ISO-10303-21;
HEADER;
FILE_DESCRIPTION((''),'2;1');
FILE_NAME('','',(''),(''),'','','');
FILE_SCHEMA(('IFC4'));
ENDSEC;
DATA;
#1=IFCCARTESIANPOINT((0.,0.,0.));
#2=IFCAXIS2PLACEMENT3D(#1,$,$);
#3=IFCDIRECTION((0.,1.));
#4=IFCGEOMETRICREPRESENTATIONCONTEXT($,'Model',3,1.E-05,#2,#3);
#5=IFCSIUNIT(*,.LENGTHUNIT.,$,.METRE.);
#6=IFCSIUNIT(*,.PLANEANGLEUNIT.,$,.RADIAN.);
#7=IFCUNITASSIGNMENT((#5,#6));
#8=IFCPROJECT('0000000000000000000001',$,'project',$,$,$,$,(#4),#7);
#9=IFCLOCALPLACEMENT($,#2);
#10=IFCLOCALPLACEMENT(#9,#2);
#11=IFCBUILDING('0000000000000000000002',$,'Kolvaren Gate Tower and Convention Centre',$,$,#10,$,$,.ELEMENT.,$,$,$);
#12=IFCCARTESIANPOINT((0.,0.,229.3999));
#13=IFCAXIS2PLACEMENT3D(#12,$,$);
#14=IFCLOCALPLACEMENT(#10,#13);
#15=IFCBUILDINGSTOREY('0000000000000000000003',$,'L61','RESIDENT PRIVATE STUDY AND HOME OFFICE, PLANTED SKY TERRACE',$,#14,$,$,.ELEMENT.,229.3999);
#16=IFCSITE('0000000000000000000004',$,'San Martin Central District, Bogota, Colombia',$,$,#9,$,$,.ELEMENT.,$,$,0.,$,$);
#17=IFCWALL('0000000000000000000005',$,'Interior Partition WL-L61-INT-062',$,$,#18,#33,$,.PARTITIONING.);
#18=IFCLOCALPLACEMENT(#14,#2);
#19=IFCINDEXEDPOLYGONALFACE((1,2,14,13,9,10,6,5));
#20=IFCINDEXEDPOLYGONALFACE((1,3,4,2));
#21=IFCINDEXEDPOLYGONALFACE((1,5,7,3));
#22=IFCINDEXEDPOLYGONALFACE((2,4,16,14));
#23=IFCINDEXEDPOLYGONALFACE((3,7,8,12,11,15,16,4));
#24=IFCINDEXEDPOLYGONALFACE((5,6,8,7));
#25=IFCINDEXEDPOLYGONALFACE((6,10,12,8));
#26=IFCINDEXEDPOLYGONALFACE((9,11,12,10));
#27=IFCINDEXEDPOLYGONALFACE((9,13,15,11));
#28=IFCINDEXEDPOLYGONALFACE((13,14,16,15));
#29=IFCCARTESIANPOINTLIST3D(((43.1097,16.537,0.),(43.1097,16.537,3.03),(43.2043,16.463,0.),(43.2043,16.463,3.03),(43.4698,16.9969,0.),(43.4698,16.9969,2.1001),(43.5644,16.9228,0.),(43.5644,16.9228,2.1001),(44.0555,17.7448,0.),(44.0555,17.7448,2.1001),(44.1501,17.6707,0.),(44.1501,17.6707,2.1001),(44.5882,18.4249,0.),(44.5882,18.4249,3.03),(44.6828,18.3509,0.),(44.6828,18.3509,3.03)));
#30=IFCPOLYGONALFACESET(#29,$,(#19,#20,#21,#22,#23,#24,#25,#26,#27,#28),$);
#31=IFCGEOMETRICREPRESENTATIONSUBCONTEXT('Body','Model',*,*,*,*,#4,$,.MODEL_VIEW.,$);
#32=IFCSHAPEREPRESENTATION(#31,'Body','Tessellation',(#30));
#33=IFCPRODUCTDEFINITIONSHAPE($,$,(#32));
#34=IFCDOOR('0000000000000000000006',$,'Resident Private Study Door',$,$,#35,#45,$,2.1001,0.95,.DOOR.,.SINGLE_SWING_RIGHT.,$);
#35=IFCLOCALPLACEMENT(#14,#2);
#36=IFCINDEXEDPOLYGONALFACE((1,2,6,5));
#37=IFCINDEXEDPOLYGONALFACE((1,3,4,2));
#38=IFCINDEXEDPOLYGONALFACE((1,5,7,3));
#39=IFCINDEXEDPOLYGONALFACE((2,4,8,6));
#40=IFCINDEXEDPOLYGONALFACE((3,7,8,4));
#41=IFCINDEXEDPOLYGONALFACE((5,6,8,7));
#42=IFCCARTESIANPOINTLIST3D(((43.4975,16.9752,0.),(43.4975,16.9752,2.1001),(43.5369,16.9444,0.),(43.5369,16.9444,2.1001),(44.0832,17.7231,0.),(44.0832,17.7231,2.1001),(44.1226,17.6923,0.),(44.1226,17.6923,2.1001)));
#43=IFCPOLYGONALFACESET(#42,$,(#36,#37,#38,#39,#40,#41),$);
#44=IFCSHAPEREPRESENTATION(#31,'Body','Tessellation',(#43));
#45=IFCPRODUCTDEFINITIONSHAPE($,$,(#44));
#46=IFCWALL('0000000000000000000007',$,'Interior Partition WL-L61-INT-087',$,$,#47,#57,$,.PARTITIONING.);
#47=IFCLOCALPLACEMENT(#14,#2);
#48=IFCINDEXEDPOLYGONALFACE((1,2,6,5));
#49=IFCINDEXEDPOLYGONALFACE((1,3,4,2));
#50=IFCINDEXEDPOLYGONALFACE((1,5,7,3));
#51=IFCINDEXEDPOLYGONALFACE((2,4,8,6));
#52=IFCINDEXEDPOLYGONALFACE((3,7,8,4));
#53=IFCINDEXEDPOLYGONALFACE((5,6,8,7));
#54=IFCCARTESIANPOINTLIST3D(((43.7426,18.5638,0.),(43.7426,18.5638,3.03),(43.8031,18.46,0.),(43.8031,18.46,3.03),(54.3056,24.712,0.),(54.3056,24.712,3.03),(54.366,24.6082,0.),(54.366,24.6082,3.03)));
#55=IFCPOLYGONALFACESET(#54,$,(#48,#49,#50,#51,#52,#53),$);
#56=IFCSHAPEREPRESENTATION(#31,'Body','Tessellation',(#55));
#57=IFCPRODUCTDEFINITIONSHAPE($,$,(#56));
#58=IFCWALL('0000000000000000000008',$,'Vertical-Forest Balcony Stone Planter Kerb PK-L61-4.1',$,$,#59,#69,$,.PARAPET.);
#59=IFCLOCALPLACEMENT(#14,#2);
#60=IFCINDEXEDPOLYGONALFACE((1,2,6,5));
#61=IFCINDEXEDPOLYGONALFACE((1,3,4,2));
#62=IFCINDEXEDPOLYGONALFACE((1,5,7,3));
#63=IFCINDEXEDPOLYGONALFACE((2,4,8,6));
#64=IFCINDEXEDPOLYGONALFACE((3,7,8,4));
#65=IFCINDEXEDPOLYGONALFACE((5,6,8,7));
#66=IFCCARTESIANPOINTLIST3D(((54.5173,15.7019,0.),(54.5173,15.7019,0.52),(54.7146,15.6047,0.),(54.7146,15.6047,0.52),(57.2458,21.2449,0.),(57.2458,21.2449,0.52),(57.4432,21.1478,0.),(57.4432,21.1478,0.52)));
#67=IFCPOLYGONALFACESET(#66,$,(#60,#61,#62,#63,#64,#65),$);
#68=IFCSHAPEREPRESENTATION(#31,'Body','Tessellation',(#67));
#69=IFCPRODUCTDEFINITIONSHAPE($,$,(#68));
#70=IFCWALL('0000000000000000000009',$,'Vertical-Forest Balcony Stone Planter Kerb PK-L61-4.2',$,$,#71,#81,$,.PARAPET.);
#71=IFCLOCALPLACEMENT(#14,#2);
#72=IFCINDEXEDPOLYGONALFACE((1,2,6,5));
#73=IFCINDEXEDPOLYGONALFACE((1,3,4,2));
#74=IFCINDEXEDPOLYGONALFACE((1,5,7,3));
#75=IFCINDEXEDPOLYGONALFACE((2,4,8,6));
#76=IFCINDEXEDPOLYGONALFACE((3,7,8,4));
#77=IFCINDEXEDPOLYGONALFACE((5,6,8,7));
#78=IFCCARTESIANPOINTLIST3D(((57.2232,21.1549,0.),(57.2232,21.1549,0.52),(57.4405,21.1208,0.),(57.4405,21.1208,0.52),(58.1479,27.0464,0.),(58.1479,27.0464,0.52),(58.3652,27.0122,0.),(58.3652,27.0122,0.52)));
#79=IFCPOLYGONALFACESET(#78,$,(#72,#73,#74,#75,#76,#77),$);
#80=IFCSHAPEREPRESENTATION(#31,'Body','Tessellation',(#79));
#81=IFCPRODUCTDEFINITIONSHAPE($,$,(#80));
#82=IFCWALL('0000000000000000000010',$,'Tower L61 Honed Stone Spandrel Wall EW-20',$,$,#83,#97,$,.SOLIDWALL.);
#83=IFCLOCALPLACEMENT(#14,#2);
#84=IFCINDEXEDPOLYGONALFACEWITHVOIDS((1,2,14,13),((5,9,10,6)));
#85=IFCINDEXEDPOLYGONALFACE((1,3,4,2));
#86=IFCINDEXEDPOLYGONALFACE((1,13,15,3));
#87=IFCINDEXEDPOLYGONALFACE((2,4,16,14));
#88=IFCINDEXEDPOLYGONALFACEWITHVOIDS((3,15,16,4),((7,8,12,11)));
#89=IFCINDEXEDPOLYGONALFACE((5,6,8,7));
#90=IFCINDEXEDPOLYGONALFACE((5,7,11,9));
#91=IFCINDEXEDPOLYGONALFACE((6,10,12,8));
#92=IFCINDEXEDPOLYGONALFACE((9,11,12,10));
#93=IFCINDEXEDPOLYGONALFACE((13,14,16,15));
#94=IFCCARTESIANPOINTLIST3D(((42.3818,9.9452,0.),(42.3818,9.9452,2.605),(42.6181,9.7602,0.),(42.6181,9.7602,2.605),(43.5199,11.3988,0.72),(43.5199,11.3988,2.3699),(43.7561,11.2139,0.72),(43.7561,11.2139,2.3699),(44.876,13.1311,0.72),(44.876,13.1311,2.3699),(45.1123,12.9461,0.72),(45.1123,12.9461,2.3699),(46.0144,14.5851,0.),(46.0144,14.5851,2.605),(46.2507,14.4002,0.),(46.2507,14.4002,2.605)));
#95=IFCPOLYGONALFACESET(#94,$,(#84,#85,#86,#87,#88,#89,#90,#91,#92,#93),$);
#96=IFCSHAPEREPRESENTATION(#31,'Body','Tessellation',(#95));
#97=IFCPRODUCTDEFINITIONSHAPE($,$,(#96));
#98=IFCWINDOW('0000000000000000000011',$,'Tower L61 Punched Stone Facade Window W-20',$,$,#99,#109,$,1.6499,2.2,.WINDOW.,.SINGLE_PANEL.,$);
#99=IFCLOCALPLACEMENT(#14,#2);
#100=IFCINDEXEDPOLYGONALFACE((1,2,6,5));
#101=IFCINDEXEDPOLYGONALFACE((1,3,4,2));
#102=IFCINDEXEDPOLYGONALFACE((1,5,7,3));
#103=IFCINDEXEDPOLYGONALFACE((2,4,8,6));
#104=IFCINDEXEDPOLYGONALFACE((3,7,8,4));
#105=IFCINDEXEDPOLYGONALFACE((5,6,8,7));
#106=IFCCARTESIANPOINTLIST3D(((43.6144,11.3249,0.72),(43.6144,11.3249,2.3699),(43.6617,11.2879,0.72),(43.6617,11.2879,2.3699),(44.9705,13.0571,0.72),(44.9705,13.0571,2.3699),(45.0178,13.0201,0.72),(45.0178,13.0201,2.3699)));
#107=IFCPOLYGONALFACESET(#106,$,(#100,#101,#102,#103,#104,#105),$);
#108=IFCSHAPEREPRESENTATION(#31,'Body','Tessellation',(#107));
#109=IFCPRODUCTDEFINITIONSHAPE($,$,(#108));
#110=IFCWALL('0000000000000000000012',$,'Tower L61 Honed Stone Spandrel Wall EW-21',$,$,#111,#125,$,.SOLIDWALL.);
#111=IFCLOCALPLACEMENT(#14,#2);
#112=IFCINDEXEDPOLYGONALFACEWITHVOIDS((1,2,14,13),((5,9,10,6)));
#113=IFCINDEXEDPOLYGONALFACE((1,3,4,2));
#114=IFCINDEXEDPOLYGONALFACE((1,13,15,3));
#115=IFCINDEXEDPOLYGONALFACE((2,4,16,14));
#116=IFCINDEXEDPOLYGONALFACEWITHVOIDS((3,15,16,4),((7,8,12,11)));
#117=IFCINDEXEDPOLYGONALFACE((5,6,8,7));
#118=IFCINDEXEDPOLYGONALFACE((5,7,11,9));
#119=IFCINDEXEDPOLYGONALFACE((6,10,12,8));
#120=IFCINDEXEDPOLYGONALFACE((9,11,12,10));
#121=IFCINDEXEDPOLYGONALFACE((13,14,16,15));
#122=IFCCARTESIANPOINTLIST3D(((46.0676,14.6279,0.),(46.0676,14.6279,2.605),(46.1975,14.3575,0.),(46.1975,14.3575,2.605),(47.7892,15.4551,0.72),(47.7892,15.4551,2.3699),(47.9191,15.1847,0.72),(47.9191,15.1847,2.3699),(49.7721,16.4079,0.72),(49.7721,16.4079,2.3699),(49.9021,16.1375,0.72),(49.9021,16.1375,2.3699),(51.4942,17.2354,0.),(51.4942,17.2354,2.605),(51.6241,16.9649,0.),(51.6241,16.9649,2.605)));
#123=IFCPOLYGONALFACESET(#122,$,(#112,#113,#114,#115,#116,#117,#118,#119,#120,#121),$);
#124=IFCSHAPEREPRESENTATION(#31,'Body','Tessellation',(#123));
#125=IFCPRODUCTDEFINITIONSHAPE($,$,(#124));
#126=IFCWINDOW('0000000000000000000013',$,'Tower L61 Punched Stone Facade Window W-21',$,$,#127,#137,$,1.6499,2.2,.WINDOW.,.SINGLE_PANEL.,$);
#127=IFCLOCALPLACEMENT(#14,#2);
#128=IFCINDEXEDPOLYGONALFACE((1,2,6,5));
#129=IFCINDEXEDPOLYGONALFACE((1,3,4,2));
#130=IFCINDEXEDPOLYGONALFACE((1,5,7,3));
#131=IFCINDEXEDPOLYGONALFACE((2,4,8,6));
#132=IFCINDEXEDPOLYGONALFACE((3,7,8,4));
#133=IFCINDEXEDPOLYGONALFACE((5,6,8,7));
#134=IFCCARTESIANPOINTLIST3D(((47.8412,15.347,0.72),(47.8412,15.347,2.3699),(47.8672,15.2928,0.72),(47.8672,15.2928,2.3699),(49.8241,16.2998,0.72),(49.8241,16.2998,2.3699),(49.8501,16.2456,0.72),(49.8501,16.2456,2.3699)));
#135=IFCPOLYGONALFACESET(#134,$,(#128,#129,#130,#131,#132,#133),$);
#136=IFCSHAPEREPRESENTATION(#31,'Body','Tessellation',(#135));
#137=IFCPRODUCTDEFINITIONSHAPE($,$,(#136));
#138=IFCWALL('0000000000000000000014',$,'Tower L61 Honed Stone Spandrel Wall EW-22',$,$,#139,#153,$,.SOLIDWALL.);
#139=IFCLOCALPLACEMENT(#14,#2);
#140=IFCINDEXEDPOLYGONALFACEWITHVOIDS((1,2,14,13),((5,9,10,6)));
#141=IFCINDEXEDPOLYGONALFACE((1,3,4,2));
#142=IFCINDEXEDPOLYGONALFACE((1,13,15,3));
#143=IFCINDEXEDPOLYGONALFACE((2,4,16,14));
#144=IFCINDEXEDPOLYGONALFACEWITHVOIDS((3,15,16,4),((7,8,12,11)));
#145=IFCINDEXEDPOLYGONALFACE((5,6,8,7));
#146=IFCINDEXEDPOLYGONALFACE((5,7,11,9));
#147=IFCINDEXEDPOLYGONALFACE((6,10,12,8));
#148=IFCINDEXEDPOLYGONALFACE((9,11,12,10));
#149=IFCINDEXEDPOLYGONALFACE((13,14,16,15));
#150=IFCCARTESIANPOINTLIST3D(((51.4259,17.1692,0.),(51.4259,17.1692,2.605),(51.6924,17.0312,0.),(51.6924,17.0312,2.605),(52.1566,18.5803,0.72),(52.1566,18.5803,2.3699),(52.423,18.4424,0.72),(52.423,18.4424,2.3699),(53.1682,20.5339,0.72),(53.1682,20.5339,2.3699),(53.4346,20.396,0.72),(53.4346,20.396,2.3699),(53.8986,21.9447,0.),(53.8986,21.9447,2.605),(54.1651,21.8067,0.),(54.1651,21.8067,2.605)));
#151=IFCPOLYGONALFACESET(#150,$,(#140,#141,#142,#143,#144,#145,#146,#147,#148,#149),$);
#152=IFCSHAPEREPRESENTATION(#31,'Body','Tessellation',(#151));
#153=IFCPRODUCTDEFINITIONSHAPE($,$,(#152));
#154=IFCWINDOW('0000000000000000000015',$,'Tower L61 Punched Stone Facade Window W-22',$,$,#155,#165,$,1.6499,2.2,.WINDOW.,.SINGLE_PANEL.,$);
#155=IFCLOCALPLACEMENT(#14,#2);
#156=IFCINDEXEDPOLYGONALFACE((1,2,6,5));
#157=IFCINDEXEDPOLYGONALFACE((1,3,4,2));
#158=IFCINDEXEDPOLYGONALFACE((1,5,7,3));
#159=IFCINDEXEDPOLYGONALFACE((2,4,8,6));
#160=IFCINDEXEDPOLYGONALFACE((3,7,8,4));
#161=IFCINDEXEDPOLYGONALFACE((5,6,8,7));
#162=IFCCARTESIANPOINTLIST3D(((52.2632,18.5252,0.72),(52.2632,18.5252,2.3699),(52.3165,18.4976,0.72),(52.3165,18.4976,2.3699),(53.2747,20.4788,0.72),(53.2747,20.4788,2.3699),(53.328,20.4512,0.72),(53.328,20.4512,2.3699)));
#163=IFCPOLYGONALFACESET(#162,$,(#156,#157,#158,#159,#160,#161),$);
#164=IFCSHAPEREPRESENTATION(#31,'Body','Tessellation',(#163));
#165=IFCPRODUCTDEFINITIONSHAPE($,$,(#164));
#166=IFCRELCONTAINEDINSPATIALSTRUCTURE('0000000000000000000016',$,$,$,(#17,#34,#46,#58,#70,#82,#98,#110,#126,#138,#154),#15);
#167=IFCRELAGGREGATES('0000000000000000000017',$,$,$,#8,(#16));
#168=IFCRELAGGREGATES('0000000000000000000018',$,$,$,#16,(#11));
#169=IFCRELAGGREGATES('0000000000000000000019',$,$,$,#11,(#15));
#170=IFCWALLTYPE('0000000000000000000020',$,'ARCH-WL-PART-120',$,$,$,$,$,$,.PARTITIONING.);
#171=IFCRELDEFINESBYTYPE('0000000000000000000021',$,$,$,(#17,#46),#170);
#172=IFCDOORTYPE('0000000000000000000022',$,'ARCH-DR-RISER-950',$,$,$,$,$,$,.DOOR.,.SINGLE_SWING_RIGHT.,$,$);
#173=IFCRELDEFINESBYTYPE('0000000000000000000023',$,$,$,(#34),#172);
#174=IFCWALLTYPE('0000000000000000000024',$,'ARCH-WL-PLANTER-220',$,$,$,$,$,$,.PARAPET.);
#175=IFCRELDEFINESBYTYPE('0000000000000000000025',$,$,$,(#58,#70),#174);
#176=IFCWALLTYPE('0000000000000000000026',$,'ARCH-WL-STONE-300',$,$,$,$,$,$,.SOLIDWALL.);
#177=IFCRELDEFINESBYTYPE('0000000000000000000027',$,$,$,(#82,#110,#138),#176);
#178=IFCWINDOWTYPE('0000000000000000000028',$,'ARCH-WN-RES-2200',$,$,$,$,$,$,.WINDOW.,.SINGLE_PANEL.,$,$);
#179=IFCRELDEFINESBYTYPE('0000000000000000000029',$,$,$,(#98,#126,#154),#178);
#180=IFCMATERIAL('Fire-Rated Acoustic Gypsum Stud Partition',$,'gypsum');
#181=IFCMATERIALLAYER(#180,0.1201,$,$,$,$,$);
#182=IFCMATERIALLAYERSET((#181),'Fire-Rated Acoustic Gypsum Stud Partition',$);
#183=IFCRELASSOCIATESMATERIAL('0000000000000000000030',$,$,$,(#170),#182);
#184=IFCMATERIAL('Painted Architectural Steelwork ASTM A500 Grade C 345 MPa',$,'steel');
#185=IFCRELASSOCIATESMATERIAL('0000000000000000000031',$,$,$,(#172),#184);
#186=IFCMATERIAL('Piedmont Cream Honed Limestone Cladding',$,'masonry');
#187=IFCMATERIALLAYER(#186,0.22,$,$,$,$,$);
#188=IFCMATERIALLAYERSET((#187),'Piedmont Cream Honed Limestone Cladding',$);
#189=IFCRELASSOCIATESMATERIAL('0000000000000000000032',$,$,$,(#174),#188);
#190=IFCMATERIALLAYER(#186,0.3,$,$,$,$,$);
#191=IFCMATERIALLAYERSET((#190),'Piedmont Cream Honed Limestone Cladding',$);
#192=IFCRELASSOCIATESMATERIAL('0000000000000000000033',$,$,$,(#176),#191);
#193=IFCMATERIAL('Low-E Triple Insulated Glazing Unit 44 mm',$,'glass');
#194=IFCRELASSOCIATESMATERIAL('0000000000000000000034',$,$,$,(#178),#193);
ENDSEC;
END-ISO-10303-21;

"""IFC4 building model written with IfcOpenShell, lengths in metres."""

from ifc_helpers import new_model, si_unit, direction, frame, frame_2d, origin, place, context, subcontext, project, spatial, rectangle, extrude, material, layer, layer_set, type_object, element, fill, save


model = new_model("IFC4")

# Units and contexts
model_context = context("Model", 3, precision=1e-05, world=origin(), true_north=direction((0.0, 1.0)))
body_context = subcontext(model_context, "Body", "Model", "MODEL_VIEW")
ifc_project = project(units=[si_unit("LENGTHUNIT", "METRE"), si_unit("PLANEANGLEUNIT", "RADIAN")], contexts=[model_context])

# Site, building, storey
site_placement = place(None, origin())
site = spatial("IfcSite", under=ifc_project, at=site_placement, Name="San Martin Central District, Bogota, Colombia", CompositionType="ELEMENT", RefElevation=0.0)
building_placement = place(site_placement, origin())
building = spatial("IfcBuilding", under=site, at=building_placement, Name="Kolvaren Gate Tower and Convention Centre", CompositionType="ELEMENT")
storey_placement = place(building_placement, frame((0.0, 0.0, 229.3999)))
storey = spatial("IfcBuildingStorey", under=building, at=storey_placement, Name="L61", Description="RESIDENT PRIVATE STUDY AND HOME OFFICE, PLANTED SKY TERRACE", CompositionType="ELEMENT", Elevation=229.3999)

# Shared definitions
ifc_material_1 = material(Name="Fire-Rated Acoustic Gypsum Stud Partition", Category="gypsum")
ifc_layer_1 = layer(ifc_material_1, 0.1201)
ifc_layer_set_1 = layer_set([ifc_layer_1], Name="Fire-Rated Acoustic Gypsum Stud Partition")
wall_type_1 = type_object("IfcWallType", Name="ARCH-WL-PART-120", PredefinedType="PARTITIONING", material=ifc_layer_set_1)

# Shared definitions
ifc_material_2 = material(Name="Painted Architectural Steelwork ASTM A500 Grade C 345 MPa", Category="steel")
door_type_1 = type_object("IfcDoorType", Name="ARCH-DR-RISER-950", OperationType="SINGLE_SWING_RIGHT", PredefinedType="DOOR", material=ifc_material_2)

# Wall, opening, door
wall_1_placement = place(storey_placement, frame((43.157, 16.5, 0.0), z_axis=(0.0, 0.0, 1.0), x_axis=(0.616566, 0.787303, 0.0)))
wall_1 = element("IfcWall", 1, at=wall_1_placement, inside=storey, type_object=wall_type_1, Name="Interior Partition WL-L61-INT-062", PredefinedType="PARTITIONING", context=body_context, shape_type="SweptSolid", body=[
    extrude(rectangle(XDim=2.3979, YDim=0.1201, at=frame_2d((1.199, 0.0))), origin(), (0.0, 0.0, 1.0), 3.03),
])
opening_1_placement = place(wall_1_placement, frame((0.584, 0.0, 0.0)))
opening_1 = element("IfcOpeningElement", 2, at=opening_1_placement, cuts=wall_1, PredefinedType="OPENING", context=body_context, shape_type="SweptSolid", body=[
    extrude(rectangle(XDim=0.95, YDim=2.1001, at=frame_2d((0.4751, 1.05))), frame((0.0, 0.0701, 0.0), z_axis=(0.0, -1.0, 0.0), x_axis=(1.0, 0.0, 0.0)), (0.0, 0.0, 1.0), 0.1401),
])
door_1_placement = place(opening_1_placement, origin())
door_1 = element("IfcDoor", 3, at=door_1_placement, inside=storey, type_object=door_type_1, Name="Resident Private Study Door", OperationType="SINGLE_SWING_RIGHT", OverallHeight=2.1001, OverallWidth=0.95, PredefinedType="DOOR", context=body_context, shape_type="SweptSolid", body=[
    extrude(rectangle(XDim=0.95, YDim=2.1001, at=frame_2d((0.4751, 1.05))), frame((0.0, 0.0249, 0.0), z_axis=(0.0, -1.0, 0.0), x_axis=(1.0, 0.0, 0.0)), (0.0, 0.0, 1.0), 0.05),
])
fill(opening_1, door_1)

# Walls
wall_2_placement = place(storey_placement, frame((43.7729, 18.512, 0.0), z_axis=(0.0, 0.0, 1.0), x_axis=(0.864261, 0.503044, 0.0)))
element("IfcWall", 4, at=wall_2_placement, inside=storey, type_object=wall_type_1, Name="Interior Partition WL-L61-INT-087", PredefinedType="PARTITIONING", context=body_context, shape_type="SweptSolid", body=[
    extrude(rectangle(XDim=12.2219, YDim=0.1201, at=frame_2d((6.1108, 0.0))), origin(), (0.0, 0.0, 1.0), 3.03),
])
ifc_material_3 = material(Name="Piedmont Cream Honed Limestone Cladding", Category="masonry")
ifc_layer_2 = layer(ifc_material_3, 0.22)
ifc_layer_set_2 = layer_set([ifc_layer_2], Name="Piedmont Cream Honed Limestone Cladding")
wall_type_2 = type_object("IfcWallType", Name="ARCH-WL-PLANTER-220", PredefinedType="PARAPET", material=ifc_layer_set_2)
wall_3_placement = place(storey_placement, frame((54.616, 15.6533, 0.0), z_axis=(0.0, 0.0, 1.0), x_axis=(0.441641, 0.897192, 0.0)))
element("IfcWall", 5, at=wall_3_placement, inside=storey, type_object=wall_type_2, Name="Vertical-Forest Balcony Stone Planter Kerb PK-L61-4.1", PredefinedType="PARAPET", context=body_context, shape_type="SweptSolid", body=[
    extrude(rectangle(XDim=6.1782, YDim=0.22, at=frame_2d((3.0891, 0.0))), origin(), (0.0, 0.0, 1.0), 0.52),
])
wall_4_placement = place(storey_placement, frame((57.3318, 21.1377, 0.0), z_axis=(0.0, 0.0, 1.0), x_axis=(0.155071, 0.987903, 0.0)))
element("IfcWall", 6, at=wall_4_placement, inside=storey, type_object=wall_type_2, Name="Vertical-Forest Balcony Stone Planter Kerb PK-L61-4.2", PredefinedType="PARAPET", context=body_context, shape_type="SweptSolid", body=[
    extrude(rectangle(XDim=5.9636, YDim=0.22, at=frame_2d((2.9819, 0.0))), origin(), (0.0, 0.0, 1.0), 0.52),
])

# Walls, openings, windows
ifc_layer_3 = layer(ifc_material_3, 0.3)
ifc_layer_set_3 = layer_set([ifc_layer_3], Name="Piedmont Cream Honed Limestone Cladding")
wall_type_3 = type_object("IfcWallType", Name="ARCH-WL-STONE-300", PredefinedType="SOLIDWALL", material=ifc_layer_set_3)
wall_5_placement = place(storey_placement, frame((42.5, 9.8528, 0.0), z_axis=(0.0, 0.0, 1.0), x_axis=(0.61645, 0.787394, 0.0)))
wall_5 = element("IfcWall", 7, at=wall_5_placement, inside=storey, type_object=wall_type_3, Name="Tower L61 Honed Stone Spandrel Wall EW-20", PredefinedType="SOLIDWALL", context=body_context, shape_type="SweptSolid", body=[
    extrude(rectangle(XDim=5.8928, YDim=0.3, at=frame_2d((2.9463, 0.0))), origin(), (0.0, 0.0, 1.0), 2.605),
])
opening_2_placement = place(wall_5_placement, frame((1.8459, 0.0, 0.72)))
opening_2 = element("IfcOpeningElement", 8, at=opening_2_placement, cuts=wall_5, PredefinedType="OPENING", context=body_context, shape_type="SweptSolid", body=[
    extrude(rectangle(XDim=2.2, YDim=1.6499, at=frame_2d((1.1001, 0.825))), frame((0.0, 0.1599, 0.0), z_axis=(0.0, -1.0, 0.0), x_axis=(1.0, 0.0, 0.0)), (0.0, 0.0, 1.0), 0.3201),
])
ifc_material_4 = material(Name="Low-E Triple Insulated Glazing Unit 44 mm", Category="glass")
window_type = type_object("IfcWindowType", Name="ARCH-WN-RES-2200", PartitioningType="SINGLE_PANEL", PredefinedType="WINDOW", material=ifc_material_4)
window_1_placement = place(opening_2_placement, origin())
window_1 = element("IfcWindow", 9, at=window_1_placement, inside=storey, type_object=window_type, Name="Tower L61 Punched Stone Facade Window W-20", OverallHeight=1.6499, OverallWidth=2.2, PartitioningType="SINGLE_PANEL", PredefinedType="WINDOW", context=body_context, shape_type="SweptSolid", body=[
    extrude(rectangle(XDim=2.2, YDim=1.6499, at=frame_2d((1.1001, 0.825))), frame((0.0, 0.03, 0.0), z_axis=(0.0, -1.0, 0.0), x_axis=(1.0, 0.0, 0.0)), (0.0, 0.0, 1.0), 0.0601),
])
fill(opening_2, window_1)
wall_6_placement = place(storey_placement, frame((46.1326, 14.4927, 0.0), z_axis=(0.0, 0.0, 1.0), x_axis=(0.901348, 0.433095, 0.0)))
wall_6 = element("IfcWall", 10, at=wall_6_placement, inside=storey, type_object=wall_type_3, Name="Tower L61 Honed Stone Spandrel Wall EW-21", PredefinedType="SOLIDWALL", context=body_context, shape_type="SweptSolid", body=[
    extrude(rectangle(XDim=6.0205, YDim=0.3, at=frame_2d((3.0103, 0.0))), origin(), (0.0, 0.0, 1.0), 2.605),
])
opening_3_placement = place(wall_6_placement, frame((1.9099, 0.0, 0.72)))
opening_3 = element("IfcOpeningElement", 11, at=opening_3_placement, cuts=wall_6, PredefinedType="OPENING", context=body_context, shape_type="SweptSolid", body=[
    extrude(rectangle(XDim=2.2, YDim=1.6499, at=frame_2d((1.1001, 0.825))), frame((0.0, 0.1599, 0.0), z_axis=(0.0, -1.0, 0.0), x_axis=(1.0, 0.0, 0.0)), (0.0, 0.0, 1.0), 0.3201),
])
window_2_placement = place(opening_3_placement, origin())
window_2 = element("IfcWindow", 12, at=window_2_placement, inside=storey, type_object=window_type, Name="Tower L61 Punched Stone Facade Window W-21", OverallHeight=1.6499, OverallWidth=2.2, PartitioningType="SINGLE_PANEL", PredefinedType="WINDOW", context=body_context, shape_type="SweptSolid", body=[
    extrude(rectangle(XDim=2.2, YDim=1.6499, at=frame_2d((1.1001, 0.825))), frame((0.0, 0.03, 0.0), z_axis=(0.0, -1.0, 0.0), x_axis=(1.0, 0.0, 0.0)), (0.0, 0.0, 1.0), 0.0601),
])
fill(opening_3, window_2)
wall_7_placement = place(storey_placement, frame((51.5591, 17.1001, 0.0), z_axis=(0.0, 0.0, 1.0), x_axis=(0.459808, 0.888018, 0.0)))
wall_7 = element("IfcWall", 13, at=wall_7_placement, inside=storey, type_object=wall_type_3, Name="Tower L61 Honed Stone Spandrel Wall EW-22", PredefinedType="SOLIDWALL", context=body_context, shape_type="SweptSolid", body=[
    extrude(rectangle(XDim=5.3777, YDim=0.3, at=frame_2d((2.689, 0.0))), origin(), (0.0, 0.0, 1.0), 2.605),
])
opening_4_placement = place(wall_7_placement, frame((1.5891, 0.0, 0.72)))
opening_4 = element("IfcOpeningElement", 14, at=opening_4_placement, cuts=wall_7, PredefinedType="OPENING", context=body_context, shape_type="SweptSolid", body=[
    extrude(rectangle(XDim=2.2, YDim=1.6499, at=frame_2d((1.1001, 0.825))), frame((0.0, 0.1599, 0.0), z_axis=(0.0, -1.0, 0.0), x_axis=(1.0, 0.0, 0.0)), (0.0, 0.0, 1.0), 0.3201),
])
window_3_placement = place(opening_4_placement, origin())
window_3 = element("IfcWindow", 15, at=window_3_placement, inside=storey, type_object=window_type, Name="Tower L61 Punched Stone Facade Window W-22", OverallHeight=1.6499, OverallWidth=2.2, PartitioningType="SINGLE_PANEL", PredefinedType="WINDOW", context=body_context, shape_type="SweptSolid", body=[
    extrude(rectangle(XDim=2.2, YDim=1.6499, at=frame_2d((1.1001, 0.825))), frame((0.0, 0.03, 0.0), z_axis=(0.0, -1.0, 0.0), x_axis=(1.0, 0.0, 0.0)), (0.0, 0.0, 1.0), 0.0601),
])
fill(opening_4, window_3)

save(model, "model.ifc")
